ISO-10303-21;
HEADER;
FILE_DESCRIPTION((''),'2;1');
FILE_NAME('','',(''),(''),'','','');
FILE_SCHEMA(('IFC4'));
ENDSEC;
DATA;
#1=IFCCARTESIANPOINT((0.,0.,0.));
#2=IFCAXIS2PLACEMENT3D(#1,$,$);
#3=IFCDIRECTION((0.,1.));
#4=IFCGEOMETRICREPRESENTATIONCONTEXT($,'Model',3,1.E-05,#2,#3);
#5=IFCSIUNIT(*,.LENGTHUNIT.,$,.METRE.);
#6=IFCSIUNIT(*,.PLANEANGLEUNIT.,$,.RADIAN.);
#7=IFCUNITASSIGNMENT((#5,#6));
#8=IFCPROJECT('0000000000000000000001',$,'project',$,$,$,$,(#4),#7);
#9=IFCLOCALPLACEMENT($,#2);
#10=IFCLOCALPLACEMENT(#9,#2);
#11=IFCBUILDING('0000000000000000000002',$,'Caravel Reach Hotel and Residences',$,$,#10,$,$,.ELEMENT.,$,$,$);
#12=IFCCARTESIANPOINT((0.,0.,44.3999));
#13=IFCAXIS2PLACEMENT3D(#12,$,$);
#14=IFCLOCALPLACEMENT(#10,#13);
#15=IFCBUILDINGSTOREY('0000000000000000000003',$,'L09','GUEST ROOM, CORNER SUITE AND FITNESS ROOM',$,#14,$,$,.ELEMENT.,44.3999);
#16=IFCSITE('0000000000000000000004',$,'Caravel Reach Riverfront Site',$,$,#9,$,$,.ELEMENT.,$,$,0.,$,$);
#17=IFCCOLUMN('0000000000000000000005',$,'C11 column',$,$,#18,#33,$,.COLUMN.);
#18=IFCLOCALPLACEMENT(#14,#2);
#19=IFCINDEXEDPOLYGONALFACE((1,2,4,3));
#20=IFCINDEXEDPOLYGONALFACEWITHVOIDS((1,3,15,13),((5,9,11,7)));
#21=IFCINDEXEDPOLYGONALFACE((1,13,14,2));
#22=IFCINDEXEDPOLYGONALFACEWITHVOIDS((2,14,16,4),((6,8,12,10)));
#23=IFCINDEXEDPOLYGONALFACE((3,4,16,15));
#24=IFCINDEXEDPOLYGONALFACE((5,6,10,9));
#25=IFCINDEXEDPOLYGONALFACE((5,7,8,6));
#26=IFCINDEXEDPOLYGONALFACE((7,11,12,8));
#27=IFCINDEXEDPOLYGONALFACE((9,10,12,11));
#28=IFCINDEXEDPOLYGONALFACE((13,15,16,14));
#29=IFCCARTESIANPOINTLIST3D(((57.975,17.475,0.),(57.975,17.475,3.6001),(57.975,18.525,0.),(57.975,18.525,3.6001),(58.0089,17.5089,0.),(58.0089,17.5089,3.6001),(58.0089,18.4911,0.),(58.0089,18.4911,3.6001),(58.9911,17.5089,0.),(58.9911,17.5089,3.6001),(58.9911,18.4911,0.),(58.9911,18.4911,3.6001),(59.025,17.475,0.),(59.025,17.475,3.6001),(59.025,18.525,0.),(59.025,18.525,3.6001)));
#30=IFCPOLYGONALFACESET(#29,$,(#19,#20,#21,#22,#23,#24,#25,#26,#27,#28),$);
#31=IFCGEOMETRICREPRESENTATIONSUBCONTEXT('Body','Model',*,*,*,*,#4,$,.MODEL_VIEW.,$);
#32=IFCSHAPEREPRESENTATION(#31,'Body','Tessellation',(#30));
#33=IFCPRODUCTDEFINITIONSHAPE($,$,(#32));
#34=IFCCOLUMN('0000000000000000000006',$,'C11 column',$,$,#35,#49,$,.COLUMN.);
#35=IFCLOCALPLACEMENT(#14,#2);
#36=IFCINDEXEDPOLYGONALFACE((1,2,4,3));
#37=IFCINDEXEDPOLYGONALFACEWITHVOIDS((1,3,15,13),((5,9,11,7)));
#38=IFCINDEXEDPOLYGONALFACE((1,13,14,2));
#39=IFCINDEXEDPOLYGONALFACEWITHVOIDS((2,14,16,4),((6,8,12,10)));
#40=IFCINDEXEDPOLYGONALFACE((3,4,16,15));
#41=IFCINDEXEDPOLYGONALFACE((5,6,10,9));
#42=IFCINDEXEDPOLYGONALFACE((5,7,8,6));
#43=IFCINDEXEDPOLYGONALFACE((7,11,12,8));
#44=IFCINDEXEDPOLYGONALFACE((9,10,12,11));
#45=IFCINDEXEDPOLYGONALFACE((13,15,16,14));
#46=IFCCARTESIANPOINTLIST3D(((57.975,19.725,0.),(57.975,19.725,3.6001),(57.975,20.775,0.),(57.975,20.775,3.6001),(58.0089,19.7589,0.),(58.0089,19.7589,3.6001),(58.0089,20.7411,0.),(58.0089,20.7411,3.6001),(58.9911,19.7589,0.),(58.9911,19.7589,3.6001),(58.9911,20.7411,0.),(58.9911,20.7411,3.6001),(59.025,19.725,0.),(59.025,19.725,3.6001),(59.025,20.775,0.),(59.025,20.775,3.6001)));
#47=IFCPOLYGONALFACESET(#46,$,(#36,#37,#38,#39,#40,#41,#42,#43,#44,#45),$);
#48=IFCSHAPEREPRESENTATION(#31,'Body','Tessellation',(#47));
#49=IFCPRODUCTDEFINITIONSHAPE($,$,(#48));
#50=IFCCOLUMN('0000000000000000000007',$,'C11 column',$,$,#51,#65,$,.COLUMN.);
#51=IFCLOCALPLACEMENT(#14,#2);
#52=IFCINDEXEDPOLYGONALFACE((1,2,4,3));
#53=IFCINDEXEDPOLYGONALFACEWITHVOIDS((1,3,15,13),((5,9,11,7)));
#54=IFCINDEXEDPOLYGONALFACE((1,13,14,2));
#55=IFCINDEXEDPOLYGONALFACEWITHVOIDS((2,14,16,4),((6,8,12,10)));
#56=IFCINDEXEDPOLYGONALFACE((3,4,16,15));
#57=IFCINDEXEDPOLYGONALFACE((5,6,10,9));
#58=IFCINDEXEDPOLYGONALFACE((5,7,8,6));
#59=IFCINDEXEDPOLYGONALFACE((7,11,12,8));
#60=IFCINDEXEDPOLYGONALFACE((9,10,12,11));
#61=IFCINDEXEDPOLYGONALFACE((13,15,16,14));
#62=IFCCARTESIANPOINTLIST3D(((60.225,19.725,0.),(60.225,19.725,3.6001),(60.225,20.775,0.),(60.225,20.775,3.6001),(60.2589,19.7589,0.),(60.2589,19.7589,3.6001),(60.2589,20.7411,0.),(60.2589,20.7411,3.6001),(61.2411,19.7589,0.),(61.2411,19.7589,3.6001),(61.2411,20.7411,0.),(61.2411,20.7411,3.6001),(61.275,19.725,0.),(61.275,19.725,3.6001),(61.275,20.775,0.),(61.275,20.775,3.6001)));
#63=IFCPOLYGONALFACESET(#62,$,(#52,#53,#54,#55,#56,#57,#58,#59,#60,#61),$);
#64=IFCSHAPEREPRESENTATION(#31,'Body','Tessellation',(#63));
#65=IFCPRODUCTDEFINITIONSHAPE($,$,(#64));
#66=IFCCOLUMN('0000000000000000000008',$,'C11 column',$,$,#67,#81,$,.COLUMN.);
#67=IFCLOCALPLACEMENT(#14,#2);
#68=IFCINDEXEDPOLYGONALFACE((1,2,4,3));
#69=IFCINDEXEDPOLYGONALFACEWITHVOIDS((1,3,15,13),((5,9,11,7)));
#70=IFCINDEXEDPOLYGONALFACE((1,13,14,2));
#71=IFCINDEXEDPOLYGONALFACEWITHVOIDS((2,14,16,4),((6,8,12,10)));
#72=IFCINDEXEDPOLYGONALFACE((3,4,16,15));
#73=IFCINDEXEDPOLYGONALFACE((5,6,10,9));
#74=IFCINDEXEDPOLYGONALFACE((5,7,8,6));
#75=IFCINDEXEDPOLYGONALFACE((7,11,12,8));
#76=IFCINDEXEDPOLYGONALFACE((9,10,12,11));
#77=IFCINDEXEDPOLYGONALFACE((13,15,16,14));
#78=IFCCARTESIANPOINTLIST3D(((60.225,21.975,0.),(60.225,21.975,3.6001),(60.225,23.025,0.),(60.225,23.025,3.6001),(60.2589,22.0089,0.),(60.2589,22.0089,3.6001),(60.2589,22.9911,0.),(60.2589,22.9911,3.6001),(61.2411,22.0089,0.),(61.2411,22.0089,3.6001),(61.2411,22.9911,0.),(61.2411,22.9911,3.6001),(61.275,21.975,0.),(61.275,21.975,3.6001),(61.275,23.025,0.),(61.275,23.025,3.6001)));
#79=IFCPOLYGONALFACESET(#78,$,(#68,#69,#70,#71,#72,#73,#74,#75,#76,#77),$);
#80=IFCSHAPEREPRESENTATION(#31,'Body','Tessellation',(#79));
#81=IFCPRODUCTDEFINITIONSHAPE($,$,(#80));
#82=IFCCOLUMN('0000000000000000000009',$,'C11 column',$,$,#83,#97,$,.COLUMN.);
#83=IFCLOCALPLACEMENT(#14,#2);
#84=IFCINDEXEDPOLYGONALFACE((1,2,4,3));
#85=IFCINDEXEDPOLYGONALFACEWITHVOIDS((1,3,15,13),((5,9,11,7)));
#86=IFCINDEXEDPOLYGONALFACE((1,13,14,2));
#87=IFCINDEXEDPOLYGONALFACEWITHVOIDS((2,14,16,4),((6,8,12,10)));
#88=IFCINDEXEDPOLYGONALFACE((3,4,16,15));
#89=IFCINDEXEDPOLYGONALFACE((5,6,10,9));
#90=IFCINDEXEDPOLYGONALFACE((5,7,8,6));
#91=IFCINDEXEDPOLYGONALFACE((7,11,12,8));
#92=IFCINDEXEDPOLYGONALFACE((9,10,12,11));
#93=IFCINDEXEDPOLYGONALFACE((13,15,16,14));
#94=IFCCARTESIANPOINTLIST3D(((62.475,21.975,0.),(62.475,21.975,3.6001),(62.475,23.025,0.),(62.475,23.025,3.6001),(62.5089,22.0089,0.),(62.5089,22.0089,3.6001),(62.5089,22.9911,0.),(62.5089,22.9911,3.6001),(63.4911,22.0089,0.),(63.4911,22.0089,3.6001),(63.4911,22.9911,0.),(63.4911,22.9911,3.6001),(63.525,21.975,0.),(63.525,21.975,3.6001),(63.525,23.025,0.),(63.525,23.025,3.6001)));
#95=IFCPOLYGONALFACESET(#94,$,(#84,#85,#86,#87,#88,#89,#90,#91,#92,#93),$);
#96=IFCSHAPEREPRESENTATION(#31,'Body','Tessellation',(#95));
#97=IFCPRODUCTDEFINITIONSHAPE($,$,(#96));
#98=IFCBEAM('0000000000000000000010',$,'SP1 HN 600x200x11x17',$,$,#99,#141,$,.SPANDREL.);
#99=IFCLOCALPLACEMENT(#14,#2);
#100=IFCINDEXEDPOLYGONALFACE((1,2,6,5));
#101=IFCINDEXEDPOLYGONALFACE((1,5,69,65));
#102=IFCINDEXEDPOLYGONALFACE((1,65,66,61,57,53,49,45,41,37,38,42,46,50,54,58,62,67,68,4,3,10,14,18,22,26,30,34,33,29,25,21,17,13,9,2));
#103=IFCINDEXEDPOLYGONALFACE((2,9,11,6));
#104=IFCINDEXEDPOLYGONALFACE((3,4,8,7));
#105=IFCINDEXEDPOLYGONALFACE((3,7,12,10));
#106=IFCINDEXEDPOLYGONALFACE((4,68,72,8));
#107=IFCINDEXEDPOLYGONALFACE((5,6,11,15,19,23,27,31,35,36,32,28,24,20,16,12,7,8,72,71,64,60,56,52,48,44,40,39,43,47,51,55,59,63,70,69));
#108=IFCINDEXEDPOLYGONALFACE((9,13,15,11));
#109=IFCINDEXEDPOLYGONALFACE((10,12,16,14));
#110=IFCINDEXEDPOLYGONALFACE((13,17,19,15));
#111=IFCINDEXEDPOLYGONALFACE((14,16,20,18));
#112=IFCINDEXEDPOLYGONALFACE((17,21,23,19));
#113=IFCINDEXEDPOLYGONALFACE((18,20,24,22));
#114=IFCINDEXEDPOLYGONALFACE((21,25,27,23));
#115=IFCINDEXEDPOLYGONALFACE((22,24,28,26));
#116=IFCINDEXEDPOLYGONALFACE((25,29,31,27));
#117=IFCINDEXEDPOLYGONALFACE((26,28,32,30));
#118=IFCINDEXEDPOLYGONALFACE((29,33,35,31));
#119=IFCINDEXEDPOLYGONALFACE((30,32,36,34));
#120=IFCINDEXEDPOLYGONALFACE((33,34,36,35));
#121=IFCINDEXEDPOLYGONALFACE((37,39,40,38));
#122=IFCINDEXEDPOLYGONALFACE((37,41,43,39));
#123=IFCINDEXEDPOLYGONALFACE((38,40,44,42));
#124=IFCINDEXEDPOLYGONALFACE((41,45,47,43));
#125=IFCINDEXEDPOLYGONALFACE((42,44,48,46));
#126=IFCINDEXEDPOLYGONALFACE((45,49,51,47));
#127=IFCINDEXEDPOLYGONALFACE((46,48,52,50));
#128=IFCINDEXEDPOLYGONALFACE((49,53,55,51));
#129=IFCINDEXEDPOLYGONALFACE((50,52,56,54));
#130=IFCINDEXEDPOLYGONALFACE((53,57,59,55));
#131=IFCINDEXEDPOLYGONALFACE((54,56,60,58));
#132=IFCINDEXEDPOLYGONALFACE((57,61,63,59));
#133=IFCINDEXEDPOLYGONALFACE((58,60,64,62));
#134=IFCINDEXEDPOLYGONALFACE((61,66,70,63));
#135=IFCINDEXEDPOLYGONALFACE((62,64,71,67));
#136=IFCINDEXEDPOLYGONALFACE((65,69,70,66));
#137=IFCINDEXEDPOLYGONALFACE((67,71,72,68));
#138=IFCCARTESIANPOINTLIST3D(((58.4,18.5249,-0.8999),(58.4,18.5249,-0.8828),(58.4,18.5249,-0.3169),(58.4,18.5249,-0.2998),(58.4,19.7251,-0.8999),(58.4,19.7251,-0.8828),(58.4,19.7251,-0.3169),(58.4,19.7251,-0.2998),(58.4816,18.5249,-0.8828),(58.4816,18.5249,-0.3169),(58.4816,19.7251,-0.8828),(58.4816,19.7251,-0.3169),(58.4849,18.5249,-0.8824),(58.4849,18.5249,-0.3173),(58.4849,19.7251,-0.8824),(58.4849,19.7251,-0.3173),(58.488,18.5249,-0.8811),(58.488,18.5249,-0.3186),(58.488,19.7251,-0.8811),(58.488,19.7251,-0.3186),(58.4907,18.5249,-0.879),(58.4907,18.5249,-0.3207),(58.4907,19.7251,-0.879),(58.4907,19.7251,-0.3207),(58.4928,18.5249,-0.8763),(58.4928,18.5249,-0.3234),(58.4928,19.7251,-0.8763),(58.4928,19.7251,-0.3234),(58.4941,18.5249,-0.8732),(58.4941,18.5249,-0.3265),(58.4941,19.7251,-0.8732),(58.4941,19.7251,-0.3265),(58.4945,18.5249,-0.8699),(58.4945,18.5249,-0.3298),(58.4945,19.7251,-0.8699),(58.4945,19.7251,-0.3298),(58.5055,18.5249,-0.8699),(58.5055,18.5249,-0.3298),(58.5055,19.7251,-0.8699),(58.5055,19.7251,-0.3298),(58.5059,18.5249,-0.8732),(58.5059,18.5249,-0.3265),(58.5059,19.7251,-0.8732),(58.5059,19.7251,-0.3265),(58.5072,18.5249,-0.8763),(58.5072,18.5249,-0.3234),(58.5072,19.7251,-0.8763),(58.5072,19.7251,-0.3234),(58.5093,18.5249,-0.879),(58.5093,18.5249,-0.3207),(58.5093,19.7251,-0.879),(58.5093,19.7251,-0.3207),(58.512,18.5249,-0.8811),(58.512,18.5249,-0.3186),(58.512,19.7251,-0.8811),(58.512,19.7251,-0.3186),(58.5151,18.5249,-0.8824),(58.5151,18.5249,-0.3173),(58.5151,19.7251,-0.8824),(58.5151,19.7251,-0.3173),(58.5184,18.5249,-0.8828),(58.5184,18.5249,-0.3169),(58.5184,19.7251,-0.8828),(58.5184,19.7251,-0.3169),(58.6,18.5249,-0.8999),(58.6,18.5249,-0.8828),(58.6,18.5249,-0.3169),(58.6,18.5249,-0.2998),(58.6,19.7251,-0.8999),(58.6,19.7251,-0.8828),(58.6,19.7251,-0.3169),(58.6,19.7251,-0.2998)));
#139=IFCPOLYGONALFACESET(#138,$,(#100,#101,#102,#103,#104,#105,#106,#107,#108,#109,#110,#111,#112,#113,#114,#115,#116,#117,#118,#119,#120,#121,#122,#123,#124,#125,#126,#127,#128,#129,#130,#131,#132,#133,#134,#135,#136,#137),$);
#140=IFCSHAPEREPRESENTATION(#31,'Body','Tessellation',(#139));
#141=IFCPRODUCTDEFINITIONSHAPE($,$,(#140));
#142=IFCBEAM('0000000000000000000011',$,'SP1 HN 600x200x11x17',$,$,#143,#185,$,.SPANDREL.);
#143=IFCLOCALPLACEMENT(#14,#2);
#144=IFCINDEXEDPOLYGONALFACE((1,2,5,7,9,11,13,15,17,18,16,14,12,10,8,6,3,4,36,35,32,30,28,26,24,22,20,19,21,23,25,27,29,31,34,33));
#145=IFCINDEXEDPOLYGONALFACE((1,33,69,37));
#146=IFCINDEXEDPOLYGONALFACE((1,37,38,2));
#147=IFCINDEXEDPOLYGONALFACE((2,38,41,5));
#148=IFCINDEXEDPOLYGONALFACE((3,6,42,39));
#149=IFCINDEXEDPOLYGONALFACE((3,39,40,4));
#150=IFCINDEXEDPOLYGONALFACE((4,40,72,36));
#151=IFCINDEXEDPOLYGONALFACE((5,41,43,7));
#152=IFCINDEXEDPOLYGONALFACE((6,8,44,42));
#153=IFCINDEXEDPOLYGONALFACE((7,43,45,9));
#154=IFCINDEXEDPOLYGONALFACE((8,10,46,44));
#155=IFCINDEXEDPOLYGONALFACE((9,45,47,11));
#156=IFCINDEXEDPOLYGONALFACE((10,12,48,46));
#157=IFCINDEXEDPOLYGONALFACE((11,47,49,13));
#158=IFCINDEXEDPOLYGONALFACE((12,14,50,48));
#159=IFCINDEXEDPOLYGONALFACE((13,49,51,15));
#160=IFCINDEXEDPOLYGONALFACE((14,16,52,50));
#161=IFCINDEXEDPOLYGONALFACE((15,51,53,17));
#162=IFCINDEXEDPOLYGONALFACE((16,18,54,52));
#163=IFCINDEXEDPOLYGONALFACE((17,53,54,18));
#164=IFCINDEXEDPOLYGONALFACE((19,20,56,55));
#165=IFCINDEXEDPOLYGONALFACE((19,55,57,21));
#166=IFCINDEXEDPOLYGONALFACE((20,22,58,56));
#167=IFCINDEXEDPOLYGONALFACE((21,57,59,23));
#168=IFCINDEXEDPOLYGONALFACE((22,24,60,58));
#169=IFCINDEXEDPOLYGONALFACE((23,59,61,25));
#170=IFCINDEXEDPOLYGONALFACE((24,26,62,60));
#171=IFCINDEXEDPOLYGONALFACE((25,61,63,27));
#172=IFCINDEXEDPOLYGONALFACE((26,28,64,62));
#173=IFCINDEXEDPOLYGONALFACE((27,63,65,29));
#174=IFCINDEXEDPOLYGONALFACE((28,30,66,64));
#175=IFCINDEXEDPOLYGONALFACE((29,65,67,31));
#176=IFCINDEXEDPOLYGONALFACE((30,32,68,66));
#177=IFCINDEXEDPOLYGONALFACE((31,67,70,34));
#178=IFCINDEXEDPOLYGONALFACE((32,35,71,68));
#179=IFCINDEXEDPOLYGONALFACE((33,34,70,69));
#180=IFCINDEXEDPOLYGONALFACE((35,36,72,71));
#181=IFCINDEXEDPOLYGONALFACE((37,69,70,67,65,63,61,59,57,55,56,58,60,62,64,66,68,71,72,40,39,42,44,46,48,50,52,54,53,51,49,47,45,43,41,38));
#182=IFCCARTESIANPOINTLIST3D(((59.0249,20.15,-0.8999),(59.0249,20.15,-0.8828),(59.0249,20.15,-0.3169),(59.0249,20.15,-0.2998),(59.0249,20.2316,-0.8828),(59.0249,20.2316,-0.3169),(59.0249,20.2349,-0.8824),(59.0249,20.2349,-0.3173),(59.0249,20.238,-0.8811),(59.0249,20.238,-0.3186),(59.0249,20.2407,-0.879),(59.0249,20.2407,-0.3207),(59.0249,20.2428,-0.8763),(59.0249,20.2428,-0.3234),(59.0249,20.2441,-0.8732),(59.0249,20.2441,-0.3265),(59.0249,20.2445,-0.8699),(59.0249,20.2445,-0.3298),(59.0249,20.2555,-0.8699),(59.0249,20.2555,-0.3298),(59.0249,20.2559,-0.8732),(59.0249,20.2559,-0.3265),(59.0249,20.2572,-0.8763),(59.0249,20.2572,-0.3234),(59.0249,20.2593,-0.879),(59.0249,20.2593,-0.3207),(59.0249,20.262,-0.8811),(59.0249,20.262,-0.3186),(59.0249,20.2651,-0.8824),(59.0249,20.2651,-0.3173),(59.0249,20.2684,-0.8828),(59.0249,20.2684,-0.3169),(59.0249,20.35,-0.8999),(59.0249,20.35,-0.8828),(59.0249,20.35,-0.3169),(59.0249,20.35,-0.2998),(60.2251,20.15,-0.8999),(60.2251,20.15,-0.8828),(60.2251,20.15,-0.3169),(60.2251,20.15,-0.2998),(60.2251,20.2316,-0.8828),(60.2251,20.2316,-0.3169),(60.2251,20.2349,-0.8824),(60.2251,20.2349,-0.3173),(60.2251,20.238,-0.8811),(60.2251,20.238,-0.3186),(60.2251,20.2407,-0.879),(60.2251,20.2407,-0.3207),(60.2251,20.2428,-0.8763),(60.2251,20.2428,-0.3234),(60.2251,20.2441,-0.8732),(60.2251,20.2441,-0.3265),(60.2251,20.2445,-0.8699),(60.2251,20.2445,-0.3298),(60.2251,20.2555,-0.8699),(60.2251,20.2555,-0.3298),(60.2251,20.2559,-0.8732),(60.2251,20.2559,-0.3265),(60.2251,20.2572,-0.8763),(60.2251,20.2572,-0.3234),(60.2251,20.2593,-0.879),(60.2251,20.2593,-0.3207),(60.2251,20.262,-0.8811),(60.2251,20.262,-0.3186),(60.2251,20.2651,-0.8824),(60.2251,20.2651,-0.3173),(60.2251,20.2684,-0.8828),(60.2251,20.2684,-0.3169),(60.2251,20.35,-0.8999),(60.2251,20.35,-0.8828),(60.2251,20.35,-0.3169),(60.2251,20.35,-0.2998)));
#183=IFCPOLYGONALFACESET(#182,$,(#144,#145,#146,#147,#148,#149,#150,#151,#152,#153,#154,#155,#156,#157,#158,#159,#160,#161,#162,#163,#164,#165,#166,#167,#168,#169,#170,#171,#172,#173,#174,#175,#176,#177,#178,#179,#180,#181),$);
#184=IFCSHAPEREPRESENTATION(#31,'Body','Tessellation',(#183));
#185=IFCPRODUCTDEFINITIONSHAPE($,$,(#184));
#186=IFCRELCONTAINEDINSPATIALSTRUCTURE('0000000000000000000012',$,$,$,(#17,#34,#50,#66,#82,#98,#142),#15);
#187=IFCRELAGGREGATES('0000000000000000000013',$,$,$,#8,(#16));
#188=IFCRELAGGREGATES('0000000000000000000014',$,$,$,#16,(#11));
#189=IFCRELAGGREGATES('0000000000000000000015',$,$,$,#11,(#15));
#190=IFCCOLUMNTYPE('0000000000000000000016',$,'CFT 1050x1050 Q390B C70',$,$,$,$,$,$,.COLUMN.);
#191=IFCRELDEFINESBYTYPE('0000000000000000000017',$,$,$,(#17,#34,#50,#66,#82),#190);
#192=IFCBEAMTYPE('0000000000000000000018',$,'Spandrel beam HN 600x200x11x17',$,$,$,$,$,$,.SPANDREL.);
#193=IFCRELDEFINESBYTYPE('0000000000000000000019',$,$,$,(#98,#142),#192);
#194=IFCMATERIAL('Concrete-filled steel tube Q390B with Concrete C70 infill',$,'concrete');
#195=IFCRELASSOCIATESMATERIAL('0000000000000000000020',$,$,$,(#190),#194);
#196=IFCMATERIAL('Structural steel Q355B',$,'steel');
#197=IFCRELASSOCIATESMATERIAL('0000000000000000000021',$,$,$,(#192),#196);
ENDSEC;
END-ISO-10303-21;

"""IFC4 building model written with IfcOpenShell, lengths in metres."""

from ifc_helpers import new_model, si_unit, direction, frame, origin, origin_2d, place, context, subcontext, project, spatial, hollow_rectangle, i_section, extrude, material, material_profile, profile_set, type_object, element, save


model = new_model("IFC4")

# Units and contexts
model_context = context("Model", 3, precision=1e-05, world=origin(), true_north=direction((0.0, 1.0)))
body_context = subcontext(model_context, "Body", "Model", "MODEL_VIEW")
ifc_project = project(units=[si_unit("LENGTHUNIT", "METRE"), si_unit("PLANEANGLEUNIT", "RADIAN")], contexts=[model_context])

# Site, building, storey
site_placement = place(None, origin())
site = spatial("IfcSite", under=ifc_project, at=site_placement, Name="Caravel Reach Riverfront Site", CompositionType="ELEMENT", RefElevation=0.0)
building_placement = place(site_placement, origin())
building = spatial("IfcBuilding", under=site, at=building_placement, Name="Caravel Reach Hotel and Residences", CompositionType="ELEMENT")
storey_placement = place(building_placement, frame((0.0, 0.0, 44.3999)))
storey = spatial("IfcBuildingStorey", under=building, at=storey_placement, Name="L09", Description="GUEST ROOM, CORNER SUITE AND FITNESS ROOM", CompositionType="ELEMENT", Elevation=44.3999)

# Columns
ifc_material_1 = material(Name="Concrete-filled steel tube Q390B with Concrete C70 infill", Category="concrete")
ifc_material_profile_1 = material_profile(ifc_material_1, hollow_rectangle(XDim=1.05, YDim=1.05, WallThickness=0.0339, at=origin_2d()), Name="RHS 1050x1050x34")
ifc_profile_set_1 = profile_set([ifc_material_profile_1], Name="Concrete-filled steel tube Q390B with Concrete C70 infill")
column_type = type_object("IfcColumnType", Name="CFT 1050x1050 Q390B C70", PredefinedType="COLUMN", material=ifc_profile_set_1)
for number, where, z_axis, x_axis, name in (
    (1, (58.5, 18.0, 0.0), (0.0, 0.0, 1.0), (1.0, 0.0, 0.0), "C11 column"),
    (2, (58.5, 20.25, 0.0), (0.0, 0.0, 1.0), (1.0, 0.0, 0.0), "C11 column"),
    (3, (60.75, 20.25, 0.0), (0.0, 0.0, 1.0), (1.0, 0.0, 0.0), "C11 column"),
    (4, (60.75, 22.5, 0.0), (0.0, 0.0, 1.0), (1.0, 0.0, 0.0), "C11 column"),
    (5, (63.0, 22.5, 0.0), (0.0, 0.0, 1.0), (1.0, 0.0, 0.0), "C11 column"),
):
    element("IfcColumn", number, at=place(storey_placement, frame(where, z_axis=z_axis, x_axis=x_axis)), inside=storey, type_object=column_type, Name=name, PredefinedType="COLUMN", context=body_context, shape_type="SweptSolid", body=[
        extrude(hollow_rectangle(XDim=1.05, YDim=1.05, WallThickness=0.0339, at=origin_2d()), origin(), (0.0, 0.0, 1.0), 3.6001),
    ])

# Beams
ifc_material_2 = material(Name="Structural steel Q355B", Category="steel")
ifc_material_profile_2 = material_profile(ifc_material_2, i_section(OverallWidth=0.2, OverallDepth=0.6001, WebThickness=0.011, FlangeThickness=0.0171, FilletRadius=0.0129, at=origin_2d()), Name="HN 600x200x11x17")
ifc_profile_set_2 = profile_set([ifc_material_profile_2], Name="Structural steel Q355B")
beam_type = type_object("IfcBeamType", Name="Spandrel beam HN 600x200x11x17", PredefinedType="SPANDREL", material=ifc_profile_set_2)
for number, where, z_axis, x_axis, name in (
    (6, (58.5, 18.5249, -0.5999), (0.0, 1.0, 0.0), (-1.0, 0.0, 0.0), "SP1 HN 600x200x11x17"),
    (7, (59.0249, 20.25, -0.5999), (1.0, 0.0, 0.0), (0.0, 1.0, 0.0), "SP1 HN 600x200x11x17"),
):
    element("IfcBeam", number, at=place(storey_placement, frame(where, z_axis=z_axis, x_axis=x_axis)), inside=storey, type_object=beam_type, Name=name, PredefinedType="SPANDREL", context=body_context, shape_type="SweptSolid", body=[
        extrude(i_section(OverallWidth=0.2, OverallDepth=0.6001, WebThickness=0.011, FlangeThickness=0.0171, FilletRadius=0.0129, at=origin_2d()), origin(), (0.0, 0.0, 1.0), 1.2002),
    ])

save(model, "model.ifc")
